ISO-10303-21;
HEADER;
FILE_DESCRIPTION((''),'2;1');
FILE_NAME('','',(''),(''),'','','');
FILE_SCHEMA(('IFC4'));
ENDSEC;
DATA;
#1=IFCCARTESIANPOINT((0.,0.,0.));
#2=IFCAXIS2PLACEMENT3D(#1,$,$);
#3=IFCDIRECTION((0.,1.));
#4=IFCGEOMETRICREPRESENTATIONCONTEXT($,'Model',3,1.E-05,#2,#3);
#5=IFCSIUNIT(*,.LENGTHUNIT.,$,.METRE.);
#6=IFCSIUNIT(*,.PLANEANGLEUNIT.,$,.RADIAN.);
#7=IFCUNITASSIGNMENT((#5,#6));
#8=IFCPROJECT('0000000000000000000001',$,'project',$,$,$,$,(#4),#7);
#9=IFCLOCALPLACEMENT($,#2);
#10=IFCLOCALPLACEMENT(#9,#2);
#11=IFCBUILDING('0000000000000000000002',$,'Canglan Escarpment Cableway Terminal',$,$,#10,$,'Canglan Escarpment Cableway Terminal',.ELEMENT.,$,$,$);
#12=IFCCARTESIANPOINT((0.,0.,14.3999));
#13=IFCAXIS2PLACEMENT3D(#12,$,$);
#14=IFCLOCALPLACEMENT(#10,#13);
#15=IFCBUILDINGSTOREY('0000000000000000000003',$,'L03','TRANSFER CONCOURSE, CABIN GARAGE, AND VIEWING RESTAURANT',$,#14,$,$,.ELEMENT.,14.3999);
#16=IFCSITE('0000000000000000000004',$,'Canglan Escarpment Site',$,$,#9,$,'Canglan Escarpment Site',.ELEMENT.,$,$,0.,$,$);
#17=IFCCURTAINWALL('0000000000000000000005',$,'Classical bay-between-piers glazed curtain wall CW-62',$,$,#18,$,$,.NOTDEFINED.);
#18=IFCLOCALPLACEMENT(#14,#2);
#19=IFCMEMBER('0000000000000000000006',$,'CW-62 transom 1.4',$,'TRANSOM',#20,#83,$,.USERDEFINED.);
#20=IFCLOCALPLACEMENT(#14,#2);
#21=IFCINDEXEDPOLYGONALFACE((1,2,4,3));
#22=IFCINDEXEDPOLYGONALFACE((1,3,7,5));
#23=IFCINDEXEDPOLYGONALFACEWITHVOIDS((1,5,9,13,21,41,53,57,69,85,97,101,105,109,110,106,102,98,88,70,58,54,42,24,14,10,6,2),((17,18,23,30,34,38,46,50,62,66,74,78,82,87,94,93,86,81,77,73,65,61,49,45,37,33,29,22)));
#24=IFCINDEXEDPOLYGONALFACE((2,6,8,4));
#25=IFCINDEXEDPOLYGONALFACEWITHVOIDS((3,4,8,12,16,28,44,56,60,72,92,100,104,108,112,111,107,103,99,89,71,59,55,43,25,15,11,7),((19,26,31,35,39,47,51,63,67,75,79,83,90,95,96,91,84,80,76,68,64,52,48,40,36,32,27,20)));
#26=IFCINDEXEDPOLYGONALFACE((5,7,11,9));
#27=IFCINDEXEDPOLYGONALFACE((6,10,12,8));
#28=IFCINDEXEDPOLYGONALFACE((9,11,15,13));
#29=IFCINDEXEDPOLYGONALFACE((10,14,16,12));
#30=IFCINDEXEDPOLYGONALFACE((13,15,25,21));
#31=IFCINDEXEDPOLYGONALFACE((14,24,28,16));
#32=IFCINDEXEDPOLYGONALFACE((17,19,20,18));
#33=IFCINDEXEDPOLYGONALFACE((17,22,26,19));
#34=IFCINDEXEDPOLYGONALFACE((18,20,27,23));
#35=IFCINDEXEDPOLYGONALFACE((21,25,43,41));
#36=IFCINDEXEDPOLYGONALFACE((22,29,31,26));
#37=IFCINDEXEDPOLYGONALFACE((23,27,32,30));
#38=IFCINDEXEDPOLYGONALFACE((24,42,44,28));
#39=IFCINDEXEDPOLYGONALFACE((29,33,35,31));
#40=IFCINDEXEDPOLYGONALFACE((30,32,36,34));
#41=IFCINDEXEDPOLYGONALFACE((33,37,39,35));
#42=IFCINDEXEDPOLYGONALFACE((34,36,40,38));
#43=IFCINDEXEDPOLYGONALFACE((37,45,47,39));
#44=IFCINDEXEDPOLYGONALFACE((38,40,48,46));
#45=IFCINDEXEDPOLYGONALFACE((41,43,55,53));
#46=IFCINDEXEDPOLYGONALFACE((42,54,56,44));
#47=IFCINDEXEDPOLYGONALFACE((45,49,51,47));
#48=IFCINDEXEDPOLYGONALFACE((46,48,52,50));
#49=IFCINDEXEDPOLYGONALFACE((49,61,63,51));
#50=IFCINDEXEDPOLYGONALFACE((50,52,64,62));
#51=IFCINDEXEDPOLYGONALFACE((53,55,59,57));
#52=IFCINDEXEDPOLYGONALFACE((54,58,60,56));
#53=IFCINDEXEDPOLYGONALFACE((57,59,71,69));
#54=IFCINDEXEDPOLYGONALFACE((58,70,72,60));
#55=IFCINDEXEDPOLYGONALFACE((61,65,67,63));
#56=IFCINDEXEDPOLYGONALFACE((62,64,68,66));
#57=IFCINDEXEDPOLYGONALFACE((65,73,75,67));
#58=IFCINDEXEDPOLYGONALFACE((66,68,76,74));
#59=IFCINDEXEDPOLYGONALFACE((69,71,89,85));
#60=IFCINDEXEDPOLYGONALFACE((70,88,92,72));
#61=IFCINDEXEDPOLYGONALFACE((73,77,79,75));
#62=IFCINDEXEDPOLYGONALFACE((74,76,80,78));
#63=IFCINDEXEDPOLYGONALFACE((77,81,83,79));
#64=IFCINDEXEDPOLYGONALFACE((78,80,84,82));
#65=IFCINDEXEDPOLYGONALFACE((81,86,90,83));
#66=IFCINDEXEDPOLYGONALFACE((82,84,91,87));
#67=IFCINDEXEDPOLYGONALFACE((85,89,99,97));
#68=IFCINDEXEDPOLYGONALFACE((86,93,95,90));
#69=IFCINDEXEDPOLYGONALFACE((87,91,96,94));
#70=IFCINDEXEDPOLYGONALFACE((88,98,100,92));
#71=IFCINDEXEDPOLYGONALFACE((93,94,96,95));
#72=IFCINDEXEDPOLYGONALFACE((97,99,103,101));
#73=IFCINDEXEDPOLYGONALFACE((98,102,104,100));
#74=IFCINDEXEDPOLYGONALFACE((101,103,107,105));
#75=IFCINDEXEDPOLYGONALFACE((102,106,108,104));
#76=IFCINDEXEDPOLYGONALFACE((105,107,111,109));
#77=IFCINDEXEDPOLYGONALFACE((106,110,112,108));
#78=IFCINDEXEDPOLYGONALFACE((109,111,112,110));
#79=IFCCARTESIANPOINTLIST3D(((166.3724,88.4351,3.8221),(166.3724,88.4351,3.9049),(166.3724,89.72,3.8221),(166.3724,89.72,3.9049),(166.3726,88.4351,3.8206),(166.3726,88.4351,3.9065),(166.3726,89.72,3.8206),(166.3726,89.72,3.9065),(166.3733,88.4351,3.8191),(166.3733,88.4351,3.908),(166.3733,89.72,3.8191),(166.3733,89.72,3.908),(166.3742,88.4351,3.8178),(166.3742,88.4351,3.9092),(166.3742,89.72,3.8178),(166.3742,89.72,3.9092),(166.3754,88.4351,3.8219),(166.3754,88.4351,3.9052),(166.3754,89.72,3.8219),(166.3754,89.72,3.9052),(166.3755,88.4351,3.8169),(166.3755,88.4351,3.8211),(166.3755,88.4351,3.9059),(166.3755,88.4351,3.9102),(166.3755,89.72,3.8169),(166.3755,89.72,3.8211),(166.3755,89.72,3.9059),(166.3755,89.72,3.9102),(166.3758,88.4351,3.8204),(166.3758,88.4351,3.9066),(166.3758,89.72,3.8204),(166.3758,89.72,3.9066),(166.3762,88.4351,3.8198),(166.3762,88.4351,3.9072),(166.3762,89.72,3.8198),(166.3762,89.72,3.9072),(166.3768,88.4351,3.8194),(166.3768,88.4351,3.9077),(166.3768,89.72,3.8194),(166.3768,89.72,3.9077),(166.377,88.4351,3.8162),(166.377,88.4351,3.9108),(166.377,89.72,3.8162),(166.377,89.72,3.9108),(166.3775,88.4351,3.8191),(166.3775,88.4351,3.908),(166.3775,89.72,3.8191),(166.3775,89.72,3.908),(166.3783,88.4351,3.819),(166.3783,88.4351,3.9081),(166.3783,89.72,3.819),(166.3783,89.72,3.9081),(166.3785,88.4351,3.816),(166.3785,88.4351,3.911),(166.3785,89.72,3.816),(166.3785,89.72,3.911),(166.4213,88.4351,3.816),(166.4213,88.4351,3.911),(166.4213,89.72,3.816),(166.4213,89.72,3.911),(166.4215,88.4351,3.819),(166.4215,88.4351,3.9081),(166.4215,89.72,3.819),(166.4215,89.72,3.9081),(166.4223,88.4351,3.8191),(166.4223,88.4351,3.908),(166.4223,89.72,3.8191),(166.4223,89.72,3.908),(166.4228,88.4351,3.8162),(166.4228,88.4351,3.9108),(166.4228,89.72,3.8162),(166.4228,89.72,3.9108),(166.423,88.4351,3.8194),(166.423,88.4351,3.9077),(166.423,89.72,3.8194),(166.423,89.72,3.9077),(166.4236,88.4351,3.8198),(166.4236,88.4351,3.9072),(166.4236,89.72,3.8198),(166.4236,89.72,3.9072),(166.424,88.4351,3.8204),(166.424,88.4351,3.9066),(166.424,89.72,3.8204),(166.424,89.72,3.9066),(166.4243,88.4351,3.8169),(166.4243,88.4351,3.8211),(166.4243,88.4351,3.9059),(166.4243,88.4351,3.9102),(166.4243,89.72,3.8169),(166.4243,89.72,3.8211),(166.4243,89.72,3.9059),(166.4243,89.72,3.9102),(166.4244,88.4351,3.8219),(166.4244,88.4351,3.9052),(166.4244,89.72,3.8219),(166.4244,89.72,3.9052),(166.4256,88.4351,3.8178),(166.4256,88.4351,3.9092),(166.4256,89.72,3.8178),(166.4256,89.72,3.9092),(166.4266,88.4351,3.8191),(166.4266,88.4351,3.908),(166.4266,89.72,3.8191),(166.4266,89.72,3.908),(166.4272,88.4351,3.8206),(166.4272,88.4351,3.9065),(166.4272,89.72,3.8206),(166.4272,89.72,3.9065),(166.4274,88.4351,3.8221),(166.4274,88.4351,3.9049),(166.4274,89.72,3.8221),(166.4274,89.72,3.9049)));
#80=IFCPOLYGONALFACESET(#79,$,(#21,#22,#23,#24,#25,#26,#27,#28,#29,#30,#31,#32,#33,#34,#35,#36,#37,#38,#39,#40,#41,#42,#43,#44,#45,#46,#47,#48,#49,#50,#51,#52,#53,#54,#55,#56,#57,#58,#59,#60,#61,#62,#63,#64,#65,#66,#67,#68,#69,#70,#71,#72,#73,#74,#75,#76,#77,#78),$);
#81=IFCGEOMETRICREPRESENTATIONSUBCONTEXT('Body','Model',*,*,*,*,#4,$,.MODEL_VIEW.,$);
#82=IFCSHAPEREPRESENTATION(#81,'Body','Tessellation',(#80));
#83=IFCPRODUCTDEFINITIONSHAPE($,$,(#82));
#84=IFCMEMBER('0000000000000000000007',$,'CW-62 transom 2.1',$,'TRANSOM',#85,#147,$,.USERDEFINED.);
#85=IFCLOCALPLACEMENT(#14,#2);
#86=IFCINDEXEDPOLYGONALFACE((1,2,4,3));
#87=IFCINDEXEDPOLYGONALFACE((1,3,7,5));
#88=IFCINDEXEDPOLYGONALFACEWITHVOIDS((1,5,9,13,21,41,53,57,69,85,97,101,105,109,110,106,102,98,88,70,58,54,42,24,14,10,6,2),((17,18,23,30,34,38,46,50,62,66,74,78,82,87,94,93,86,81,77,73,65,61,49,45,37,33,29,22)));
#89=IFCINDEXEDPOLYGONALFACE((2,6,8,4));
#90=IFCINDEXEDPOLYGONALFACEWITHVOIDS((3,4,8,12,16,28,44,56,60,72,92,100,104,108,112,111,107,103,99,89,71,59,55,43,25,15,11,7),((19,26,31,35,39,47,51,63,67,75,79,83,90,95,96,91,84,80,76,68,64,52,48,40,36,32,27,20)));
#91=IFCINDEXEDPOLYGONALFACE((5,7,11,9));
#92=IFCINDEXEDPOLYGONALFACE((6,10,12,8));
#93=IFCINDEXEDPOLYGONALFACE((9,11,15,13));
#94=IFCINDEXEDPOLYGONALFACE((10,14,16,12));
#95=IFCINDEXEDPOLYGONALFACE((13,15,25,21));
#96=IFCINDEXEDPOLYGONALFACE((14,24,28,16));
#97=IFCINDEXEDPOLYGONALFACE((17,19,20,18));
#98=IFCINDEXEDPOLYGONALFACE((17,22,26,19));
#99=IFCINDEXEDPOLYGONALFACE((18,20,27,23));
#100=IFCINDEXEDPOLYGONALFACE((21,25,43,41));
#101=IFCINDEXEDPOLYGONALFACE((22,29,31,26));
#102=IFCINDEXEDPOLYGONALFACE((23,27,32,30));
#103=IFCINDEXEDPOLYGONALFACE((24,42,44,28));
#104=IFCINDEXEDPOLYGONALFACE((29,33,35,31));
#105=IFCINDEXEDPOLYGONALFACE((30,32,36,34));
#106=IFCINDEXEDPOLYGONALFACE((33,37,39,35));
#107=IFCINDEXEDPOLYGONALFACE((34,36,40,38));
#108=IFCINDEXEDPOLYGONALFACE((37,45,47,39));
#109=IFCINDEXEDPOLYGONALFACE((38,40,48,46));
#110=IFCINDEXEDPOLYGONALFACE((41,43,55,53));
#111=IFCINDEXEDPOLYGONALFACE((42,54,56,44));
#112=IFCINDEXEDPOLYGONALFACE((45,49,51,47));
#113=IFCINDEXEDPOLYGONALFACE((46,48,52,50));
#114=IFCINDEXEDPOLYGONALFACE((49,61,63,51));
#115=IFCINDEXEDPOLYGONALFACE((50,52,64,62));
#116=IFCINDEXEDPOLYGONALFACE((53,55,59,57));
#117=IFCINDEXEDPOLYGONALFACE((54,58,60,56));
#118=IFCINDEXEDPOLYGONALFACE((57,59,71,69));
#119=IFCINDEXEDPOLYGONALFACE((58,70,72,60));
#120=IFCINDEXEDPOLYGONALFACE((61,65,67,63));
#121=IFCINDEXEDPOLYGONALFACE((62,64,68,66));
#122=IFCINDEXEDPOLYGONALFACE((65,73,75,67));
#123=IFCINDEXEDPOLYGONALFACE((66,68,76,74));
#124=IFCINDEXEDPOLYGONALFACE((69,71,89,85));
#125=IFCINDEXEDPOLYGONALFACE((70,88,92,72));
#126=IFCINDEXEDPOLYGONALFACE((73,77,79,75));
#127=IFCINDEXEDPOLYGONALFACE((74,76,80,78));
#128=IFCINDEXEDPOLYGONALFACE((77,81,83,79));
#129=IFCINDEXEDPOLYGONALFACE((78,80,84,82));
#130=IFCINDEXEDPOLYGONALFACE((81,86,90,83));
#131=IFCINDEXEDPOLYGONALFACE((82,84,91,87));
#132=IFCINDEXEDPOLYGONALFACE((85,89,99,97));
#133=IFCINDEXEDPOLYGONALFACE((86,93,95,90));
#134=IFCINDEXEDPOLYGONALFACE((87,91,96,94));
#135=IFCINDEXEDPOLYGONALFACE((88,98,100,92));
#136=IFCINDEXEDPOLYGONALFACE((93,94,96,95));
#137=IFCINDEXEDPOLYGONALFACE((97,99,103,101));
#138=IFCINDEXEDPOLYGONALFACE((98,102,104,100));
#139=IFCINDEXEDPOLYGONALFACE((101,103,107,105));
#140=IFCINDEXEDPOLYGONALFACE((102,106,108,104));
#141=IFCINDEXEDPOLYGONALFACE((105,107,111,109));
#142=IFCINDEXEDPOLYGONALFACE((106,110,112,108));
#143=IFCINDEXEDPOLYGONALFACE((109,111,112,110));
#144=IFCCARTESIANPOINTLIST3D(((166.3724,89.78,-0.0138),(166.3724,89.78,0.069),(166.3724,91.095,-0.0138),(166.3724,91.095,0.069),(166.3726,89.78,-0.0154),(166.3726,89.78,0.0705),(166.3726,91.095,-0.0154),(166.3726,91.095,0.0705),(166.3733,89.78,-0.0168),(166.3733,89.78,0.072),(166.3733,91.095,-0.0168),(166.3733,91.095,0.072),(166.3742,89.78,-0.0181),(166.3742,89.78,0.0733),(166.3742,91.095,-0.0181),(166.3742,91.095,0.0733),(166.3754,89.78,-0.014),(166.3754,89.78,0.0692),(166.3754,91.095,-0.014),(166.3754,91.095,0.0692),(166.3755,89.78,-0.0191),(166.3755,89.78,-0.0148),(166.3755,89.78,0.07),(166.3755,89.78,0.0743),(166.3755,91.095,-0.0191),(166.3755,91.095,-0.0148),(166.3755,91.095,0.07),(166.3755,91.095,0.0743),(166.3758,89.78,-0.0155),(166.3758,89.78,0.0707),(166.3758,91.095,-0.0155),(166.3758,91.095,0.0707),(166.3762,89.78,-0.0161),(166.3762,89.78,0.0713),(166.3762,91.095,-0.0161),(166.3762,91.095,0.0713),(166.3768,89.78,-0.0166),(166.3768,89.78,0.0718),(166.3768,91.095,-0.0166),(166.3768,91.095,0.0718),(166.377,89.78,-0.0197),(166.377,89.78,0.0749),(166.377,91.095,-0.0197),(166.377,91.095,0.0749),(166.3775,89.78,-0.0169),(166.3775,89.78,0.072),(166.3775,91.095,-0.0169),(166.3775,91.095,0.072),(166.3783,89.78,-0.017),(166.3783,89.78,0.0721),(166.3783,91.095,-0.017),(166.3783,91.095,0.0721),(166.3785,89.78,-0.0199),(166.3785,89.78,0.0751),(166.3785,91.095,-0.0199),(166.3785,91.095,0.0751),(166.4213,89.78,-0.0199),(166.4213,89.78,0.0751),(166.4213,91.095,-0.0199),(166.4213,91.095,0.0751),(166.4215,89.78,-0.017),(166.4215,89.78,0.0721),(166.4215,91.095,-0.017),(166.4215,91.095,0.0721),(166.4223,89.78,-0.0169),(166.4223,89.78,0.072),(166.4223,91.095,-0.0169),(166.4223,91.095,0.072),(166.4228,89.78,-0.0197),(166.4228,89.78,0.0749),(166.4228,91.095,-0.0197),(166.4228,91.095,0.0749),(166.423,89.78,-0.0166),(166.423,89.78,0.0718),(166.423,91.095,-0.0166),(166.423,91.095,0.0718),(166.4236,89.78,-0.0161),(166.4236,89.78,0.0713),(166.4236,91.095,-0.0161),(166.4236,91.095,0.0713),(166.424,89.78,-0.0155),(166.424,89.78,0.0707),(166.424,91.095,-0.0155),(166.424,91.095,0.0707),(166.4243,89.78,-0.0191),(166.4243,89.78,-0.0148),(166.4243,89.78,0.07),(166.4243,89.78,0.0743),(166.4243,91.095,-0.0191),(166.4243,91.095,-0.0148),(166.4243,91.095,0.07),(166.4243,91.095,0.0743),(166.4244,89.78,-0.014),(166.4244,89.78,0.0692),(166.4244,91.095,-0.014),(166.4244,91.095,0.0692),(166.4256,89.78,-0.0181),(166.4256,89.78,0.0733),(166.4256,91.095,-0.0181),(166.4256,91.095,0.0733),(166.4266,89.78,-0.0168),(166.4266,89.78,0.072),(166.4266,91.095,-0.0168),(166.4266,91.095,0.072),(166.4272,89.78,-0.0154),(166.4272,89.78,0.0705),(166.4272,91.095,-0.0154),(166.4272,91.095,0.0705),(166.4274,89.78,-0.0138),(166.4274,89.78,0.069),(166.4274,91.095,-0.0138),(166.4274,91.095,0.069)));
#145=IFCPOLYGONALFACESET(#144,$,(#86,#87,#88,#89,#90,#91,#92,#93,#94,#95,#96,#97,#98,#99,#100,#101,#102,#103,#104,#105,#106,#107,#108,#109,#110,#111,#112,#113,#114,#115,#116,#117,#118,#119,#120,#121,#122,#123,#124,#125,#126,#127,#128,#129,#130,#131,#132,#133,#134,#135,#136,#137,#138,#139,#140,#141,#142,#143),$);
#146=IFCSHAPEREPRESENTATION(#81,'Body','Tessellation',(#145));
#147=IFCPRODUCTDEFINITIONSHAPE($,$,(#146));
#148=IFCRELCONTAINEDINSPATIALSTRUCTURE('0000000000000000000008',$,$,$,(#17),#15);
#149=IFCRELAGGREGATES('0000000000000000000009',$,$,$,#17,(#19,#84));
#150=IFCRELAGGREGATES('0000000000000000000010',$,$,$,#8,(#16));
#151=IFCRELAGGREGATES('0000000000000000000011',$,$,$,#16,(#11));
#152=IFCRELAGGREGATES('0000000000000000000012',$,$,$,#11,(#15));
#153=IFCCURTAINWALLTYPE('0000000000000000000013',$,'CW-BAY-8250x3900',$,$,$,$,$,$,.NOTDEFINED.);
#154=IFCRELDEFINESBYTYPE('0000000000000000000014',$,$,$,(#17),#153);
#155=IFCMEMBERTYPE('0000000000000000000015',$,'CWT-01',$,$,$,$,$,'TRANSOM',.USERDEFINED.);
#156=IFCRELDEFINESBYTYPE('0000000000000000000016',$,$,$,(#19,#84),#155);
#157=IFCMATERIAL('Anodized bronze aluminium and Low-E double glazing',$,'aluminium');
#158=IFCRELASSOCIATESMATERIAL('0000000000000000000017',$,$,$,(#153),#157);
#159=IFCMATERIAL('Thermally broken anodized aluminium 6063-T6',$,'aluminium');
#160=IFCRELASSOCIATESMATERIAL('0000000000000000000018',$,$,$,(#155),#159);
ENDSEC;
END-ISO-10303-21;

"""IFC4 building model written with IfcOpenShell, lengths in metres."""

from ifc_helpers import new_model, si_unit, direction, frame, origin, origin_2d, place, context, subcontext, project, spatial, hollow_rectangle, extrude, material, material_profile, profile_set, type_object, element, aggregate, save


model = new_model("IFC4")

# Units and contexts
model_context = context("Model", 3, precision=1e-05, world=origin(), true_north=direction((0.0, 1.0)))
body_context = subcontext(model_context, "Body", "Model", "MODEL_VIEW")
ifc_project = project(units=[si_unit("LENGTHUNIT", "METRE"), si_unit("PLANEANGLEUNIT", "RADIAN")], contexts=[model_context])

# Site, building, storey
site_placement = place(None, origin())
site = spatial("IfcSite", under=ifc_project, at=site_placement, Name="Canglan Escarpment Site", LongName="Canglan Escarpment Site", CompositionType="ELEMENT", RefElevation=0.0)
building_placement = place(site_placement, origin())
building = spatial("IfcBuilding", under=site, at=building_placement, Name="Canglan Escarpment Cableway Terminal", LongName="Canglan Escarpment Cableway Terminal", CompositionType="ELEMENT")
storey_placement = place(building_placement, frame((0.0, 0.0, 14.3999)))
storey = spatial("IfcBuildingStorey", under=building, at=storey_placement, Name="L03", Description="TRANSFER CONCOURSE, CABIN GARAGE, AND VIEWING RESTAURANT", CompositionType="ELEMENT", Elevation=14.3999)

# Curtain wall
ifc_material_1 = material(Name="Anodized bronze aluminium and Low-E double glazing", Category="aluminium")
curtain_wall_type = type_object("IfcCurtainWallType", Name="CW-BAY-8250x3900", PredefinedType="NOTDEFINED", material=ifc_material_1)
curtain_wall_1_placement = place(storey_placement, origin())
curtain_wall_1 = element("IfcCurtainWall", 1, at=curtain_wall_1_placement, inside=storey, type_object=curtain_wall_type, Name="Classical bay-between-piers glazed curtain wall CW-62", PredefinedType="NOTDEFINED")
ifc_material_2 = material(Name="Thermally broken anodized aluminium 6063-T6", Category="aluminium")

# Members
ifc_material_profile_1 = material_profile(ifc_material_2, hollow_rectangle(XDim=0.0549, YDim=0.095, WallThickness=0.0029, InnerFilletRadius=0.0029, OuterFilletRadius=0.0061, at=origin_2d()), Name="ALU-TRAN 55x95x3")
ifc_profile_set_1 = profile_set([ifc_material_profile_1], Name="Thermally broken anodized aluminium 6063-T6")
member_type_1 = type_object("IfcMemberType", Name="CWT-01", ElementType="TRANSOM", PredefinedType="USERDEFINED", material=ifc_profile_set_1)
member_1_placement = place(storey_placement, frame((166.3999, 88.4351, 3.8635), z_axis=(0.0, 1.0, 0.0), x_axis=(-1.0, 0.0, 0.0)))
member_1 = element("IfcMember", 2, at=member_1_placement, type_object=member_type_1, Name="CW-62 transom 1.4", ObjectType="TRANSOM", PredefinedType="USERDEFINED", context=body_context, shape_type="SweptSolid", body=[
    extrude(hollow_rectangle(XDim=0.0549, YDim=0.095, WallThickness=0.0029, InnerFilletRadius=0.0029, OuterFilletRadius=0.0061, at=origin_2d()), origin(), (0.0, 0.0, 1.0), 1.2849),
])
member_2_placement = place(storey_placement, frame((166.3999, 89.78, 0.0276), z_axis=(0.0, 1.0, 0.0), x_axis=(-1.0, 0.0, 0.0)))
member_2 = element("IfcMember", 3, at=member_2_placement, type_object=member_type_1, Name="CW-62 transom 2.1", ObjectType="TRANSOM", PredefinedType="USERDEFINED", context=body_context, shape_type="SweptSolid", body=[
    extrude(hollow_rectangle(XDim=0.0549, YDim=0.095, WallThickness=0.0029, InnerFilletRadius=0.0029, OuterFilletRadius=0.0061, at=origin_2d()), origin(), (0.0, 0.0, 1.0), 1.3149),
])

aggregate(curtain_wall_1, [member_1, member_2])

save(model, "model.ifc")
